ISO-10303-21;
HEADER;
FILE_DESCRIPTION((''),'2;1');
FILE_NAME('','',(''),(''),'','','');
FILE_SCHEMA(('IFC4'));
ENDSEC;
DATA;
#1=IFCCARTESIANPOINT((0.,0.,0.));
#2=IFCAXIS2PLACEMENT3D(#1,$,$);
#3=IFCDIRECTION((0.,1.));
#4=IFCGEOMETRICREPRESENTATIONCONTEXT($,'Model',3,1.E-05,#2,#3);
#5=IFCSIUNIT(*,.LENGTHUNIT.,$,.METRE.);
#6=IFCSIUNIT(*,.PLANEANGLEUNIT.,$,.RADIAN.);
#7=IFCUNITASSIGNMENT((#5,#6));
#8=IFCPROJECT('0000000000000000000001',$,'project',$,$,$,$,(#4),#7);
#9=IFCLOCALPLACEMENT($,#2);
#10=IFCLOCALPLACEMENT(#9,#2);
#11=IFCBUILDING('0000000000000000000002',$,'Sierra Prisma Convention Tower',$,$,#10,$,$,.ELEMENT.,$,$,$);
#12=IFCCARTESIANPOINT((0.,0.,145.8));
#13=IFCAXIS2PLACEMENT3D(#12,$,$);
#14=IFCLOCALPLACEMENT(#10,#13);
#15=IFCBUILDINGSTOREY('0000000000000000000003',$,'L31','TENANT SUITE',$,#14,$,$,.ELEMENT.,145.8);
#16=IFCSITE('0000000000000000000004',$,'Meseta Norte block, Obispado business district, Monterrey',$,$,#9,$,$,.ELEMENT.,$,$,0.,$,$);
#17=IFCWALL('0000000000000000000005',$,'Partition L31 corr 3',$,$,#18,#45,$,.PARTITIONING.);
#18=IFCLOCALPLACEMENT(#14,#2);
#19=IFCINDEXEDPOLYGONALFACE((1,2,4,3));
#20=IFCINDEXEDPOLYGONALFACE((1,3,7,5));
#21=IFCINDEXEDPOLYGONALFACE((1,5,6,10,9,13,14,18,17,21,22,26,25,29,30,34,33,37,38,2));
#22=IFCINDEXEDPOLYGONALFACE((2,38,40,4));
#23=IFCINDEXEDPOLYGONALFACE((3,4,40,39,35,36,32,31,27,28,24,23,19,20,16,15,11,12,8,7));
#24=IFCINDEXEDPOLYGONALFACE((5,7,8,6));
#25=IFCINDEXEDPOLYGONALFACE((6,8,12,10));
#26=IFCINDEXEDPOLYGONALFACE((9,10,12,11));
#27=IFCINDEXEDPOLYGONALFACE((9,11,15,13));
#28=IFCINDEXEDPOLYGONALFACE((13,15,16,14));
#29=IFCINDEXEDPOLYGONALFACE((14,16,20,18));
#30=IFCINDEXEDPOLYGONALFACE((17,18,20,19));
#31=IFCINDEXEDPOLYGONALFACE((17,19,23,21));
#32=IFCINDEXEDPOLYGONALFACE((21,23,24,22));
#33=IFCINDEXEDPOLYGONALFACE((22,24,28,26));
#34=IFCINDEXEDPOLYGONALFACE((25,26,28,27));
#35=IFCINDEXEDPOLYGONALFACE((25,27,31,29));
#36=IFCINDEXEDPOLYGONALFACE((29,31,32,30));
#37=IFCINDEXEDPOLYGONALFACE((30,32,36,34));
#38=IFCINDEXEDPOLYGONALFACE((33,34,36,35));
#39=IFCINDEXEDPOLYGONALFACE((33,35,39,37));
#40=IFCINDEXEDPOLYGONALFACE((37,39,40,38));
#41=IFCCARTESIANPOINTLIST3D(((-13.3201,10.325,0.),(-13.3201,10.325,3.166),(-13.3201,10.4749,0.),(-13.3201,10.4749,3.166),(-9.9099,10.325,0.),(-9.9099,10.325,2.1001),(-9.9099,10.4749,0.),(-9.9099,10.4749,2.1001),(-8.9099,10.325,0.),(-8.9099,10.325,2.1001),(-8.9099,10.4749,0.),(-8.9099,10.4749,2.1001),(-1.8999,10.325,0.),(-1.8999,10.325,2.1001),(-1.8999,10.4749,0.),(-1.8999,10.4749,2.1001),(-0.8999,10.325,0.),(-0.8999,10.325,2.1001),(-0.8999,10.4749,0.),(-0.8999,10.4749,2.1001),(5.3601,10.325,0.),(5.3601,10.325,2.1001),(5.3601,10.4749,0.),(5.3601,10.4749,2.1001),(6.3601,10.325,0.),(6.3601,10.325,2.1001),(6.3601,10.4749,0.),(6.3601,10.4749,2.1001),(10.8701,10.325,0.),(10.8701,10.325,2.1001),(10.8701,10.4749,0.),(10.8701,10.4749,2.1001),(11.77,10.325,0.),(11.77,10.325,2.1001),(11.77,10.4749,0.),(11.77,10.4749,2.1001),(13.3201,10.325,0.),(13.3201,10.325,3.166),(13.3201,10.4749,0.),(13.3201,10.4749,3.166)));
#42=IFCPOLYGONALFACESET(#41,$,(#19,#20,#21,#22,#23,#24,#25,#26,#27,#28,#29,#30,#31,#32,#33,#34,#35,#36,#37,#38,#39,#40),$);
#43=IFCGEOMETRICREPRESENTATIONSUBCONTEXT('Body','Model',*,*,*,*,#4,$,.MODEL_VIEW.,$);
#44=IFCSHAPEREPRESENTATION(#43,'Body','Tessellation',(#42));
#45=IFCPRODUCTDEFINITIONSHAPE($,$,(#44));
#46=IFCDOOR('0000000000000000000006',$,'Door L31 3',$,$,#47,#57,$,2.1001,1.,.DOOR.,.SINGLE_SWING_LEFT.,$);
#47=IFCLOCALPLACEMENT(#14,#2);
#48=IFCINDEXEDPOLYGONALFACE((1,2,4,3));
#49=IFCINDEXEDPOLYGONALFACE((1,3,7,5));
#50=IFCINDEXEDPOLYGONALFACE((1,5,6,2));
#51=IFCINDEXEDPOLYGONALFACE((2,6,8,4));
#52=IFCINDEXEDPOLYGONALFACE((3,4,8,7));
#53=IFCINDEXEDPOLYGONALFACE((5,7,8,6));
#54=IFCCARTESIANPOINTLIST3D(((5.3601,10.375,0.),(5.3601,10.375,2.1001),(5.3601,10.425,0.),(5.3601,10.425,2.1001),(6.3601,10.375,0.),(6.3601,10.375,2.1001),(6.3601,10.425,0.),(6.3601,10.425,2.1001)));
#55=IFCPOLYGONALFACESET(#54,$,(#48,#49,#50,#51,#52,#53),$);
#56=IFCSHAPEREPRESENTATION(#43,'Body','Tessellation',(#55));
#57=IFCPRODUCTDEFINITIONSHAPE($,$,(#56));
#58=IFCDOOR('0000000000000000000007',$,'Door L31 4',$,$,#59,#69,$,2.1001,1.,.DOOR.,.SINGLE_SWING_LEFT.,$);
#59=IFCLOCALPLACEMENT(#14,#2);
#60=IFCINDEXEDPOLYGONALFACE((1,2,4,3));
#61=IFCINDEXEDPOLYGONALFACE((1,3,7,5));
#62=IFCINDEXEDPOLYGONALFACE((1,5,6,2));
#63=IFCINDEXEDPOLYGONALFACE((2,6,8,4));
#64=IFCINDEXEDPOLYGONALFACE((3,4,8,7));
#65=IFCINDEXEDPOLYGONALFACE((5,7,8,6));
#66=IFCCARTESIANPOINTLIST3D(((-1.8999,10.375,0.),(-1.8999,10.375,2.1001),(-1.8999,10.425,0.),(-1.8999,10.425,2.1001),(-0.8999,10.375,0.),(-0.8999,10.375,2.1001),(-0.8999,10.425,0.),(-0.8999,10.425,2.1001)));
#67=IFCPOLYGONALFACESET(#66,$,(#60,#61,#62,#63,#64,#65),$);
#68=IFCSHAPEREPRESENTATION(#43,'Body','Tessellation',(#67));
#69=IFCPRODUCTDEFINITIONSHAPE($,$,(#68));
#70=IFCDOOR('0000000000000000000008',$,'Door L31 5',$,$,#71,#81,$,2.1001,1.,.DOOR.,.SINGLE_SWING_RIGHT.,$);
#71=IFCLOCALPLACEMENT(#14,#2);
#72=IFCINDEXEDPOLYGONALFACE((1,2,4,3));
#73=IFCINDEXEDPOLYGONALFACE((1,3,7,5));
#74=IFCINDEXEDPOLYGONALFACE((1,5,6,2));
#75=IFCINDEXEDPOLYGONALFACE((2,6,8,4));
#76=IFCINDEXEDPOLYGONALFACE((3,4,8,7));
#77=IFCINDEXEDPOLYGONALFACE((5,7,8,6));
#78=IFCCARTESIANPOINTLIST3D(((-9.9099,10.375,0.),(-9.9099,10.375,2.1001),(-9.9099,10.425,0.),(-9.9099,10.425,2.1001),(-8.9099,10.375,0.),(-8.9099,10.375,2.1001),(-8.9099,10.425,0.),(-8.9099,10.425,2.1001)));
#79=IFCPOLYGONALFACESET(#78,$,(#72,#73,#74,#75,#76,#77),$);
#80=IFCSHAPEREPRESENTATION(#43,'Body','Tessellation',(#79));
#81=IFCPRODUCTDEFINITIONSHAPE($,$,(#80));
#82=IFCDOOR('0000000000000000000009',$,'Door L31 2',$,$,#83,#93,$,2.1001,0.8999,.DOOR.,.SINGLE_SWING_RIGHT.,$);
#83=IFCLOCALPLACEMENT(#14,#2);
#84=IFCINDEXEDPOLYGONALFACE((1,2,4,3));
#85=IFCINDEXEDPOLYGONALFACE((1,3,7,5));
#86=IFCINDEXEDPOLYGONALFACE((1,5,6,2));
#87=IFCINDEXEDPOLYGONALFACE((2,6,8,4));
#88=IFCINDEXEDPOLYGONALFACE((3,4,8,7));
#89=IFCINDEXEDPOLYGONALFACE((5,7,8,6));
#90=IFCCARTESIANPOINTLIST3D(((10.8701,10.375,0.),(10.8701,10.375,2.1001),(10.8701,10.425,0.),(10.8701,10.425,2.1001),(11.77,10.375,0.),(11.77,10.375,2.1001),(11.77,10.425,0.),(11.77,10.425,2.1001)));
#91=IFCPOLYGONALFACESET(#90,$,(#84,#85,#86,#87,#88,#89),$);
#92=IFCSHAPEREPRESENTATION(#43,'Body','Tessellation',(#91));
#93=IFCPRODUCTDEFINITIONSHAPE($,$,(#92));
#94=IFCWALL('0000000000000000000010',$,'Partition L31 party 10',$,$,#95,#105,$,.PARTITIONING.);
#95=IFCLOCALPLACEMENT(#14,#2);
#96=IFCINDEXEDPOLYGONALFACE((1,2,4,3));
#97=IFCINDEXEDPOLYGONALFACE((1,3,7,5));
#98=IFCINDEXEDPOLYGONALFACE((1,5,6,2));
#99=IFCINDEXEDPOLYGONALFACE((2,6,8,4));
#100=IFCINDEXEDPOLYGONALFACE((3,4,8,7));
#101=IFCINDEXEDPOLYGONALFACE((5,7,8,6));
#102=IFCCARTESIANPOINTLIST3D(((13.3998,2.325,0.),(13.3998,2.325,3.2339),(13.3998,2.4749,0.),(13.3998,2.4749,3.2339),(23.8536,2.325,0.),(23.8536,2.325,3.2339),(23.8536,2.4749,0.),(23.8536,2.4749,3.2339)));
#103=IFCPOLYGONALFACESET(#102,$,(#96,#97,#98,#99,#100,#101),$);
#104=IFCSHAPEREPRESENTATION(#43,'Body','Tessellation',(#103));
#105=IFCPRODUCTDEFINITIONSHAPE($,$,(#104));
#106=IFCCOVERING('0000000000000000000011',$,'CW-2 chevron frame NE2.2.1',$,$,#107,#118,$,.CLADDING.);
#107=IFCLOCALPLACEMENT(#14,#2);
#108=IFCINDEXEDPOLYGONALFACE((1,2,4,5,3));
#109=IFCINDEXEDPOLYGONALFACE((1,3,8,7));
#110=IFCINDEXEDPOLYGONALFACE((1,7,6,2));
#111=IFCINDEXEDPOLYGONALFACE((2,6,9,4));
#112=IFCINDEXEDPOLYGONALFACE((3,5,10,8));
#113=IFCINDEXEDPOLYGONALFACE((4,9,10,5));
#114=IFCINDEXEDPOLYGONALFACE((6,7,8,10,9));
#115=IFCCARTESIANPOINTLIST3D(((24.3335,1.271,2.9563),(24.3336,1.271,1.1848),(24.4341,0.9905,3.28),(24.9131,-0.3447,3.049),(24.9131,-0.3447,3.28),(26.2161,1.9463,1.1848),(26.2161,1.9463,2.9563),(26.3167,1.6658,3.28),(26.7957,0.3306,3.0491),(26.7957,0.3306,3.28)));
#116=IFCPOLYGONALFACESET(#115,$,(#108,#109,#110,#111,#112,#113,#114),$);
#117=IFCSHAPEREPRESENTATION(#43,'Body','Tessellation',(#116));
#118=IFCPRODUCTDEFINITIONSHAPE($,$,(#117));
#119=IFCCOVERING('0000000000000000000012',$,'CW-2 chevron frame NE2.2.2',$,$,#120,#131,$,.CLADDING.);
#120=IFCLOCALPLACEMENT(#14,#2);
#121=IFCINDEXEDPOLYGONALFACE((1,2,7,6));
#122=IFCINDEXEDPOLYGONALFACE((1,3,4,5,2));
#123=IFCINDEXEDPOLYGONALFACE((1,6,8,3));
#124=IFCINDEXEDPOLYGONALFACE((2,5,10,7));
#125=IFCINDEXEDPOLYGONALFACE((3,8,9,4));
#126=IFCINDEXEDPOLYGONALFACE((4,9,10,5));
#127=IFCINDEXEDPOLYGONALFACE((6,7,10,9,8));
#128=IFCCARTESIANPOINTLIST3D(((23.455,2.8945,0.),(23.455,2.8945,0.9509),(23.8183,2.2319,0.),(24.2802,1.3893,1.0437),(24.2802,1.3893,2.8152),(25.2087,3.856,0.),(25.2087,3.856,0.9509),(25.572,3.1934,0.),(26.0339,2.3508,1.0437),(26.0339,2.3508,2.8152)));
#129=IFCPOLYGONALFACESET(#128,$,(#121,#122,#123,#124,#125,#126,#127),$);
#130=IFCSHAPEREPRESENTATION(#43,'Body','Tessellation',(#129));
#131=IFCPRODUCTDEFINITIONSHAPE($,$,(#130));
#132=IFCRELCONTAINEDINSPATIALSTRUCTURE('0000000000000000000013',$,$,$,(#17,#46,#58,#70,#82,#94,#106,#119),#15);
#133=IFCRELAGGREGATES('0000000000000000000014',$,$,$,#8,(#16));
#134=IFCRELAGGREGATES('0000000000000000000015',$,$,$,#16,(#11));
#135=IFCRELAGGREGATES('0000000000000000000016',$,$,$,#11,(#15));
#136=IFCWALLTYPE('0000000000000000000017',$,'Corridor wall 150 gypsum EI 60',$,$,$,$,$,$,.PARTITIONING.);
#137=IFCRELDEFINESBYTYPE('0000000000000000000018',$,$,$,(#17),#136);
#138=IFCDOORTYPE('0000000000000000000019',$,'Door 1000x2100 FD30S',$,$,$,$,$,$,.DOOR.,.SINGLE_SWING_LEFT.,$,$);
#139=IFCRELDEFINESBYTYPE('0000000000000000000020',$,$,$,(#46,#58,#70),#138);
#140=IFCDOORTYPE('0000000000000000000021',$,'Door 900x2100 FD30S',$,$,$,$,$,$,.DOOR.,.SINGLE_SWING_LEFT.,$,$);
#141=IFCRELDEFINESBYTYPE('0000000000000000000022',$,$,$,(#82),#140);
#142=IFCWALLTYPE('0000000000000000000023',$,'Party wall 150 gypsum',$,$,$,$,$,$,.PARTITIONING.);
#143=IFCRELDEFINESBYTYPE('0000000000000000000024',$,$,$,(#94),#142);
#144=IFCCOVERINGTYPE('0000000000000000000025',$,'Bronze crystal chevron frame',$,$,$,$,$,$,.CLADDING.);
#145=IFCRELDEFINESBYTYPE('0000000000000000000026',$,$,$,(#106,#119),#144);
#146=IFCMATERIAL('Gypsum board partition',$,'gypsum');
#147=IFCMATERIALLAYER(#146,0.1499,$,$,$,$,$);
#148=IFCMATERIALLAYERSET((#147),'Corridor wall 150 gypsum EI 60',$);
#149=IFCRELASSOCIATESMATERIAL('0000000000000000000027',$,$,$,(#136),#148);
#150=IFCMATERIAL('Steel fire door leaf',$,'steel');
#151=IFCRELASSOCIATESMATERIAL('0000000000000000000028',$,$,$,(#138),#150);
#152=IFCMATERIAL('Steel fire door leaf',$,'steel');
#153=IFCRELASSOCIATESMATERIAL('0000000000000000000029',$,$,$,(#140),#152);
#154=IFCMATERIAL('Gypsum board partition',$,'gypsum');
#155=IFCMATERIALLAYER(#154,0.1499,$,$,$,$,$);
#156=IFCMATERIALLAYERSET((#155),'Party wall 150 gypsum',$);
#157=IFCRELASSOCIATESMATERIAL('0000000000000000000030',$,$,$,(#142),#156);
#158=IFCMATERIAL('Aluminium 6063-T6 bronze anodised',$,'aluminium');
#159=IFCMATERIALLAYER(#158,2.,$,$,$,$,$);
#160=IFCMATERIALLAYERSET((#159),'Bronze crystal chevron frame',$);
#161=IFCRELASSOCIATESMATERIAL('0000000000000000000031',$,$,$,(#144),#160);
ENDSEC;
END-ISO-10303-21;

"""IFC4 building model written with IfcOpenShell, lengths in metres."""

from ifc_helpers import new_model, si_unit, direction, frame, frame_2d, origin, place, context, subcontext, project, spatial, polyline, rectangle, outline, extrude, material, layer, layer_set, type_object, element, fill, save


model = new_model("IFC4")

# Units and contexts
model_context = context("Model", 3, precision=1e-05, world=origin(), true_north=direction((0.0, 1.0)))
body_context = subcontext(model_context, "Body", "Model", "MODEL_VIEW")
ifc_project = project(units=[si_unit("LENGTHUNIT", "METRE"), si_unit("PLANEANGLEUNIT", "RADIAN")], contexts=[model_context])

# Site, building, storey
site_placement = place(None, origin())
site = spatial("IfcSite", under=ifc_project, at=site_placement, Name="Meseta Norte block, Obispado business district, Monterrey", CompositionType="ELEMENT", RefElevation=0.0)
building_placement = place(site_placement, origin())
building = spatial("IfcBuilding", under=site, at=building_placement, Name="Sierra Prisma Convention Tower", CompositionType="ELEMENT")
storey_placement = place(building_placement, frame((0.0, 0.0, 145.8)))
storey = spatial("IfcBuildingStorey", under=building, at=storey_placement, Name="L31", Description="TENANT SUITE", CompositionType="ELEMENT", Elevation=145.8)

# Wall, openings, doors
ifc_material_1 = material(Name="Gypsum board partition", Category="gypsum")
ifc_layer_1 = layer(ifc_material_1, 0.1499)
ifc_layer_set_1 = layer_set([ifc_layer_1], Name="Corridor wall 150 gypsum EI 60")
wall_type_1 = type_object("IfcWallType", Name="Corridor wall 150 gypsum EI 60", PredefinedType="PARTITIONING", material=ifc_layer_set_1)
wall_1_placement = place(storey_placement, frame((13.3201, 10.3999, 0.0), z_axis=(0.0, 0.0, 1.0), x_axis=(-1.0, 0.0, 0.0)))
wall_1 = element("IfcWall", 1, at=wall_1_placement, inside=storey, type_object=wall_type_1, Name="Partition L31 corr 3", PredefinedType="PARTITIONING", context=body_context, shape_type="SweptSolid", body=[
    extrude(rectangle(XDim=26.6401, YDim=0.1499, at=frame_2d((13.3201, 0.0))), origin(), (0.0, 0.0, 1.0), 3.166),
])
opening_1_placement = place(wall_1_placement, frame((1.55, 0.0, 0.0)))
opening_1 = element("IfcOpeningElement", 2, at=opening_1_placement, cuts=wall_1, PredefinedType="OPENING", context=body_context, shape_type="SweptSolid", body=[
    extrude(rectangle(XDim=0.8999, YDim=2.1001, at=frame_2d((0.45, 1.05))), frame((0.0, 0.075, 0.0), z_axis=(0.0, -1.0, 0.0), x_axis=(1.0, 0.0, 0.0)), (0.0, 0.0, 1.0), 0.1499),
])
opening_2_placement = place(wall_1_placement, frame((6.96, 0.0, 0.0)))
opening_2 = element("IfcOpeningElement", 3, at=opening_2_placement, cuts=wall_1, PredefinedType="OPENING", context=body_context, shape_type="SweptSolid", body=[
    extrude(rectangle(XDim=1.0, YDim=2.1001, at=frame_2d((0.5, 1.05))), frame((0.0, 0.075, 0.0), z_axis=(0.0, -1.0, 0.0), x_axis=(1.0, 0.0, 0.0)), (0.0, 0.0, 1.0), 0.1499),
])
opening_3_placement = place(wall_1_placement, frame((14.22, 0.0, 0.0)))
opening_3 = element("IfcOpeningElement", 4, at=opening_3_placement, cuts=wall_1, PredefinedType="OPENING", context=body_context, shape_type="SweptSolid", body=[
    extrude(rectangle(XDim=1.0, YDim=2.1001, at=frame_2d((0.5, 1.05))), frame((0.0, 0.075, 0.0), z_axis=(0.0, -1.0, 0.0), x_axis=(1.0, 0.0, 0.0)), (0.0, 0.0, 1.0), 0.1499),
])
opening_4_placement = place(wall_1_placement, frame((22.23, 0.0, 0.0)))
opening_4 = element("IfcOpeningElement", 5, at=opening_4_placement, cuts=wall_1, PredefinedType="OPENING", context=body_context, shape_type="SweptSolid", body=[
    extrude(rectangle(XDim=1.0, YDim=2.1001, at=frame_2d((0.5, 1.05))), frame((0.0, 0.075, 0.0), z_axis=(0.0, -1.0, 0.0), x_axis=(1.0, 0.0, 0.0)), (0.0, 0.0, 1.0), 0.1499),
])
ifc_material_2 = material(Name="Steel fire door leaf", Category="steel")
door_type_1 = type_object("IfcDoorType", Name="Door 1000x2100 FD30S", OperationType="SINGLE_SWING_LEFT", PredefinedType="DOOR", material=ifc_material_2)
door_1_placement = place(opening_2_placement, origin())
door_1 = element("IfcDoor", 6, at=door_1_placement, inside=storey, type_object=door_type_1, Name="Door L31 3", OperationType="SINGLE_SWING_LEFT", OverallHeight=2.1001, OverallWidth=1.0, PredefinedType="DOOR", context=body_context, shape_type="SweptSolid", body=[
    extrude(rectangle(XDim=1.0, YDim=2.1001, at=frame_2d((0.5, 1.05))), frame((0.0, 0.0249, 0.0), z_axis=(0.0, -1.0, 0.0), x_axis=(1.0, 0.0, 0.0)), (0.0, 0.0, 1.0), 0.05),
])
fill(opening_2, door_1)
door_2_placement = place(opening_3_placement, origin())
door_2 = element("IfcDoor", 7, at=door_2_placement, inside=storey, type_object=door_type_1, Name="Door L31 4", OperationType="SINGLE_SWING_LEFT", OverallHeight=2.1001, OverallWidth=1.0, PredefinedType="DOOR", context=body_context, shape_type="SweptSolid", body=[
    extrude(rectangle(XDim=1.0, YDim=2.1001, at=frame_2d((0.5, 1.05))), frame((0.0, 0.0249, 0.0), z_axis=(0.0, -1.0, 0.0), x_axis=(1.0, 0.0, 0.0)), (0.0, 0.0, 1.0), 0.05),
])
fill(opening_3, door_2)
door_3_placement = place(opening_4_placement, origin())
door_3 = element("IfcDoor", 8, at=door_3_placement, inside=storey, type_object=door_type_1, Name="Door L31 5", OperationType="SINGLE_SWING_RIGHT", OverallHeight=2.1001, OverallWidth=1.0, PredefinedType="DOOR", context=body_context, shape_type="SweptSolid", body=[
    extrude(rectangle(XDim=1.0, YDim=2.1001, at=frame_2d((0.5, 1.05))), frame((0.0, 0.0249, 0.0), z_axis=(0.0, -1.0, 0.0), x_axis=(1.0, 0.0, 0.0)), (0.0, 0.0, 1.0), 0.05),
])
fill(opening_4, door_3)
ifc_material_3 = material(Name="Steel fire door leaf", Category="steel")
door_type_2 = type_object("IfcDoorType", Name="Door 900x2100 FD30S", OperationType="SINGLE_SWING_LEFT", PredefinedType="DOOR", material=ifc_material_3)
door_4_placement = place(opening_1_placement, origin())
door_4 = element("IfcDoor", 9, at=door_4_placement, inside=storey, type_object=door_type_2, Name="Door L31 2", OperationType="SINGLE_SWING_RIGHT", OverallHeight=2.1001, OverallWidth=0.8999, PredefinedType="DOOR", context=body_context, shape_type="SweptSolid", body=[
    extrude(rectangle(XDim=0.8999, YDim=2.1001, at=frame_2d((0.45, 1.05))), frame((0.0, 0.0249, 0.0), z_axis=(0.0, -1.0, 0.0), x_axis=(1.0, 0.0, 0.0)), (0.0, 0.0, 1.0), 0.05),
])
fill(opening_1, door_4)

# Wall
ifc_material_4 = material(Name="Gypsum board partition", Category="gypsum")
ifc_layer_2 = layer(ifc_material_4, 0.1499)
ifc_layer_set_2 = layer_set([ifc_layer_2], Name="Party wall 150 gypsum")
wall_type_2 = type_object("IfcWallType", Name="Party wall 150 gypsum", PredefinedType="PARTITIONING", material=ifc_layer_set_2)
wall_2_placement = place(storey_placement, frame((23.8538, 2.3999, 0.0), z_axis=(0.0, 0.0, 1.0), x_axis=(-1.0, 0.0, 0.0)))
element("IfcWall", 10, at=wall_2_placement, inside=storey, type_object=wall_type_2, Name="Partition L31 party 10", PredefinedType="PARTITIONING", context=body_context, shape_type="SweptSolid", body=[
    extrude(rectangle(XDim=10.4539, YDim=0.1499, at=frame_2d((5.2271, 0.0))), origin(), (0.0, 0.0, 1.0), 3.2339),
])

# Coverings
ifc_material_5 = material(Name="Aluminium 6063-T6 bronze anodised", Category="aluminium")
ifc_layer_3 = layer(ifc_material_5, 2.0)
ifc_layer_set_3 = layer_set([ifc_layer_3], Name="Bronze crystal chevron frame")
covering_type = type_object("IfcCoveringType", Name="Bronze crystal chevron frame", PredefinedType="CLADDING", material=ifc_layer_set_3)
covering_1_placement = place(storey_placement, frame((26.7957, 0.3306, 3.28), z_axis=(0.94127, 0.337655, 0.000017), x_axis=(0.000016, 0.000006, -1.0)))
element("IfcCovering", 11, at=covering_1_placement, inside=storey, type_object=covering_type, Name="CW-2 chevron frame NE2.2.1", PredefinedType="CLADDING", context=body_context, shape_type="SweptSolid", body=[
    extrude(outline(polyline([(0.0, 0.0), (0.231, 0.0), (2.0952, 1.7165), (0.3237, 1.7165), (0.0, 1.4185), (0.0, 0.0)])), origin(), (0.0, 0.0, -1.0), 2.0),
])
covering_2_placement = place(storey_placement, frame((25.2087, 3.856, 0.0), z_axis=(0.87686, 0.480746, 0.000002), x_axis=(-0.000002, -0.000001, 1.0)))
element("IfcCovering", 12, at=covering_2_placement, inside=storey, type_object=covering_type, Name="CW-2 chevron frame NE2.2.2", PredefinedType="CLADDING", context=body_context, shape_type="SweptSolid", body=[
    extrude(outline(polyline([(0.0, 0.0), (0.9509, 0.0), (2.8152, 1.7165), (1.0437, 1.7165), (0.0, 0.7557), (0.0, 0.0)])), origin(), (0.0, 0.0, -1.0), 2.0),
])

save(model, "model.ifc")
